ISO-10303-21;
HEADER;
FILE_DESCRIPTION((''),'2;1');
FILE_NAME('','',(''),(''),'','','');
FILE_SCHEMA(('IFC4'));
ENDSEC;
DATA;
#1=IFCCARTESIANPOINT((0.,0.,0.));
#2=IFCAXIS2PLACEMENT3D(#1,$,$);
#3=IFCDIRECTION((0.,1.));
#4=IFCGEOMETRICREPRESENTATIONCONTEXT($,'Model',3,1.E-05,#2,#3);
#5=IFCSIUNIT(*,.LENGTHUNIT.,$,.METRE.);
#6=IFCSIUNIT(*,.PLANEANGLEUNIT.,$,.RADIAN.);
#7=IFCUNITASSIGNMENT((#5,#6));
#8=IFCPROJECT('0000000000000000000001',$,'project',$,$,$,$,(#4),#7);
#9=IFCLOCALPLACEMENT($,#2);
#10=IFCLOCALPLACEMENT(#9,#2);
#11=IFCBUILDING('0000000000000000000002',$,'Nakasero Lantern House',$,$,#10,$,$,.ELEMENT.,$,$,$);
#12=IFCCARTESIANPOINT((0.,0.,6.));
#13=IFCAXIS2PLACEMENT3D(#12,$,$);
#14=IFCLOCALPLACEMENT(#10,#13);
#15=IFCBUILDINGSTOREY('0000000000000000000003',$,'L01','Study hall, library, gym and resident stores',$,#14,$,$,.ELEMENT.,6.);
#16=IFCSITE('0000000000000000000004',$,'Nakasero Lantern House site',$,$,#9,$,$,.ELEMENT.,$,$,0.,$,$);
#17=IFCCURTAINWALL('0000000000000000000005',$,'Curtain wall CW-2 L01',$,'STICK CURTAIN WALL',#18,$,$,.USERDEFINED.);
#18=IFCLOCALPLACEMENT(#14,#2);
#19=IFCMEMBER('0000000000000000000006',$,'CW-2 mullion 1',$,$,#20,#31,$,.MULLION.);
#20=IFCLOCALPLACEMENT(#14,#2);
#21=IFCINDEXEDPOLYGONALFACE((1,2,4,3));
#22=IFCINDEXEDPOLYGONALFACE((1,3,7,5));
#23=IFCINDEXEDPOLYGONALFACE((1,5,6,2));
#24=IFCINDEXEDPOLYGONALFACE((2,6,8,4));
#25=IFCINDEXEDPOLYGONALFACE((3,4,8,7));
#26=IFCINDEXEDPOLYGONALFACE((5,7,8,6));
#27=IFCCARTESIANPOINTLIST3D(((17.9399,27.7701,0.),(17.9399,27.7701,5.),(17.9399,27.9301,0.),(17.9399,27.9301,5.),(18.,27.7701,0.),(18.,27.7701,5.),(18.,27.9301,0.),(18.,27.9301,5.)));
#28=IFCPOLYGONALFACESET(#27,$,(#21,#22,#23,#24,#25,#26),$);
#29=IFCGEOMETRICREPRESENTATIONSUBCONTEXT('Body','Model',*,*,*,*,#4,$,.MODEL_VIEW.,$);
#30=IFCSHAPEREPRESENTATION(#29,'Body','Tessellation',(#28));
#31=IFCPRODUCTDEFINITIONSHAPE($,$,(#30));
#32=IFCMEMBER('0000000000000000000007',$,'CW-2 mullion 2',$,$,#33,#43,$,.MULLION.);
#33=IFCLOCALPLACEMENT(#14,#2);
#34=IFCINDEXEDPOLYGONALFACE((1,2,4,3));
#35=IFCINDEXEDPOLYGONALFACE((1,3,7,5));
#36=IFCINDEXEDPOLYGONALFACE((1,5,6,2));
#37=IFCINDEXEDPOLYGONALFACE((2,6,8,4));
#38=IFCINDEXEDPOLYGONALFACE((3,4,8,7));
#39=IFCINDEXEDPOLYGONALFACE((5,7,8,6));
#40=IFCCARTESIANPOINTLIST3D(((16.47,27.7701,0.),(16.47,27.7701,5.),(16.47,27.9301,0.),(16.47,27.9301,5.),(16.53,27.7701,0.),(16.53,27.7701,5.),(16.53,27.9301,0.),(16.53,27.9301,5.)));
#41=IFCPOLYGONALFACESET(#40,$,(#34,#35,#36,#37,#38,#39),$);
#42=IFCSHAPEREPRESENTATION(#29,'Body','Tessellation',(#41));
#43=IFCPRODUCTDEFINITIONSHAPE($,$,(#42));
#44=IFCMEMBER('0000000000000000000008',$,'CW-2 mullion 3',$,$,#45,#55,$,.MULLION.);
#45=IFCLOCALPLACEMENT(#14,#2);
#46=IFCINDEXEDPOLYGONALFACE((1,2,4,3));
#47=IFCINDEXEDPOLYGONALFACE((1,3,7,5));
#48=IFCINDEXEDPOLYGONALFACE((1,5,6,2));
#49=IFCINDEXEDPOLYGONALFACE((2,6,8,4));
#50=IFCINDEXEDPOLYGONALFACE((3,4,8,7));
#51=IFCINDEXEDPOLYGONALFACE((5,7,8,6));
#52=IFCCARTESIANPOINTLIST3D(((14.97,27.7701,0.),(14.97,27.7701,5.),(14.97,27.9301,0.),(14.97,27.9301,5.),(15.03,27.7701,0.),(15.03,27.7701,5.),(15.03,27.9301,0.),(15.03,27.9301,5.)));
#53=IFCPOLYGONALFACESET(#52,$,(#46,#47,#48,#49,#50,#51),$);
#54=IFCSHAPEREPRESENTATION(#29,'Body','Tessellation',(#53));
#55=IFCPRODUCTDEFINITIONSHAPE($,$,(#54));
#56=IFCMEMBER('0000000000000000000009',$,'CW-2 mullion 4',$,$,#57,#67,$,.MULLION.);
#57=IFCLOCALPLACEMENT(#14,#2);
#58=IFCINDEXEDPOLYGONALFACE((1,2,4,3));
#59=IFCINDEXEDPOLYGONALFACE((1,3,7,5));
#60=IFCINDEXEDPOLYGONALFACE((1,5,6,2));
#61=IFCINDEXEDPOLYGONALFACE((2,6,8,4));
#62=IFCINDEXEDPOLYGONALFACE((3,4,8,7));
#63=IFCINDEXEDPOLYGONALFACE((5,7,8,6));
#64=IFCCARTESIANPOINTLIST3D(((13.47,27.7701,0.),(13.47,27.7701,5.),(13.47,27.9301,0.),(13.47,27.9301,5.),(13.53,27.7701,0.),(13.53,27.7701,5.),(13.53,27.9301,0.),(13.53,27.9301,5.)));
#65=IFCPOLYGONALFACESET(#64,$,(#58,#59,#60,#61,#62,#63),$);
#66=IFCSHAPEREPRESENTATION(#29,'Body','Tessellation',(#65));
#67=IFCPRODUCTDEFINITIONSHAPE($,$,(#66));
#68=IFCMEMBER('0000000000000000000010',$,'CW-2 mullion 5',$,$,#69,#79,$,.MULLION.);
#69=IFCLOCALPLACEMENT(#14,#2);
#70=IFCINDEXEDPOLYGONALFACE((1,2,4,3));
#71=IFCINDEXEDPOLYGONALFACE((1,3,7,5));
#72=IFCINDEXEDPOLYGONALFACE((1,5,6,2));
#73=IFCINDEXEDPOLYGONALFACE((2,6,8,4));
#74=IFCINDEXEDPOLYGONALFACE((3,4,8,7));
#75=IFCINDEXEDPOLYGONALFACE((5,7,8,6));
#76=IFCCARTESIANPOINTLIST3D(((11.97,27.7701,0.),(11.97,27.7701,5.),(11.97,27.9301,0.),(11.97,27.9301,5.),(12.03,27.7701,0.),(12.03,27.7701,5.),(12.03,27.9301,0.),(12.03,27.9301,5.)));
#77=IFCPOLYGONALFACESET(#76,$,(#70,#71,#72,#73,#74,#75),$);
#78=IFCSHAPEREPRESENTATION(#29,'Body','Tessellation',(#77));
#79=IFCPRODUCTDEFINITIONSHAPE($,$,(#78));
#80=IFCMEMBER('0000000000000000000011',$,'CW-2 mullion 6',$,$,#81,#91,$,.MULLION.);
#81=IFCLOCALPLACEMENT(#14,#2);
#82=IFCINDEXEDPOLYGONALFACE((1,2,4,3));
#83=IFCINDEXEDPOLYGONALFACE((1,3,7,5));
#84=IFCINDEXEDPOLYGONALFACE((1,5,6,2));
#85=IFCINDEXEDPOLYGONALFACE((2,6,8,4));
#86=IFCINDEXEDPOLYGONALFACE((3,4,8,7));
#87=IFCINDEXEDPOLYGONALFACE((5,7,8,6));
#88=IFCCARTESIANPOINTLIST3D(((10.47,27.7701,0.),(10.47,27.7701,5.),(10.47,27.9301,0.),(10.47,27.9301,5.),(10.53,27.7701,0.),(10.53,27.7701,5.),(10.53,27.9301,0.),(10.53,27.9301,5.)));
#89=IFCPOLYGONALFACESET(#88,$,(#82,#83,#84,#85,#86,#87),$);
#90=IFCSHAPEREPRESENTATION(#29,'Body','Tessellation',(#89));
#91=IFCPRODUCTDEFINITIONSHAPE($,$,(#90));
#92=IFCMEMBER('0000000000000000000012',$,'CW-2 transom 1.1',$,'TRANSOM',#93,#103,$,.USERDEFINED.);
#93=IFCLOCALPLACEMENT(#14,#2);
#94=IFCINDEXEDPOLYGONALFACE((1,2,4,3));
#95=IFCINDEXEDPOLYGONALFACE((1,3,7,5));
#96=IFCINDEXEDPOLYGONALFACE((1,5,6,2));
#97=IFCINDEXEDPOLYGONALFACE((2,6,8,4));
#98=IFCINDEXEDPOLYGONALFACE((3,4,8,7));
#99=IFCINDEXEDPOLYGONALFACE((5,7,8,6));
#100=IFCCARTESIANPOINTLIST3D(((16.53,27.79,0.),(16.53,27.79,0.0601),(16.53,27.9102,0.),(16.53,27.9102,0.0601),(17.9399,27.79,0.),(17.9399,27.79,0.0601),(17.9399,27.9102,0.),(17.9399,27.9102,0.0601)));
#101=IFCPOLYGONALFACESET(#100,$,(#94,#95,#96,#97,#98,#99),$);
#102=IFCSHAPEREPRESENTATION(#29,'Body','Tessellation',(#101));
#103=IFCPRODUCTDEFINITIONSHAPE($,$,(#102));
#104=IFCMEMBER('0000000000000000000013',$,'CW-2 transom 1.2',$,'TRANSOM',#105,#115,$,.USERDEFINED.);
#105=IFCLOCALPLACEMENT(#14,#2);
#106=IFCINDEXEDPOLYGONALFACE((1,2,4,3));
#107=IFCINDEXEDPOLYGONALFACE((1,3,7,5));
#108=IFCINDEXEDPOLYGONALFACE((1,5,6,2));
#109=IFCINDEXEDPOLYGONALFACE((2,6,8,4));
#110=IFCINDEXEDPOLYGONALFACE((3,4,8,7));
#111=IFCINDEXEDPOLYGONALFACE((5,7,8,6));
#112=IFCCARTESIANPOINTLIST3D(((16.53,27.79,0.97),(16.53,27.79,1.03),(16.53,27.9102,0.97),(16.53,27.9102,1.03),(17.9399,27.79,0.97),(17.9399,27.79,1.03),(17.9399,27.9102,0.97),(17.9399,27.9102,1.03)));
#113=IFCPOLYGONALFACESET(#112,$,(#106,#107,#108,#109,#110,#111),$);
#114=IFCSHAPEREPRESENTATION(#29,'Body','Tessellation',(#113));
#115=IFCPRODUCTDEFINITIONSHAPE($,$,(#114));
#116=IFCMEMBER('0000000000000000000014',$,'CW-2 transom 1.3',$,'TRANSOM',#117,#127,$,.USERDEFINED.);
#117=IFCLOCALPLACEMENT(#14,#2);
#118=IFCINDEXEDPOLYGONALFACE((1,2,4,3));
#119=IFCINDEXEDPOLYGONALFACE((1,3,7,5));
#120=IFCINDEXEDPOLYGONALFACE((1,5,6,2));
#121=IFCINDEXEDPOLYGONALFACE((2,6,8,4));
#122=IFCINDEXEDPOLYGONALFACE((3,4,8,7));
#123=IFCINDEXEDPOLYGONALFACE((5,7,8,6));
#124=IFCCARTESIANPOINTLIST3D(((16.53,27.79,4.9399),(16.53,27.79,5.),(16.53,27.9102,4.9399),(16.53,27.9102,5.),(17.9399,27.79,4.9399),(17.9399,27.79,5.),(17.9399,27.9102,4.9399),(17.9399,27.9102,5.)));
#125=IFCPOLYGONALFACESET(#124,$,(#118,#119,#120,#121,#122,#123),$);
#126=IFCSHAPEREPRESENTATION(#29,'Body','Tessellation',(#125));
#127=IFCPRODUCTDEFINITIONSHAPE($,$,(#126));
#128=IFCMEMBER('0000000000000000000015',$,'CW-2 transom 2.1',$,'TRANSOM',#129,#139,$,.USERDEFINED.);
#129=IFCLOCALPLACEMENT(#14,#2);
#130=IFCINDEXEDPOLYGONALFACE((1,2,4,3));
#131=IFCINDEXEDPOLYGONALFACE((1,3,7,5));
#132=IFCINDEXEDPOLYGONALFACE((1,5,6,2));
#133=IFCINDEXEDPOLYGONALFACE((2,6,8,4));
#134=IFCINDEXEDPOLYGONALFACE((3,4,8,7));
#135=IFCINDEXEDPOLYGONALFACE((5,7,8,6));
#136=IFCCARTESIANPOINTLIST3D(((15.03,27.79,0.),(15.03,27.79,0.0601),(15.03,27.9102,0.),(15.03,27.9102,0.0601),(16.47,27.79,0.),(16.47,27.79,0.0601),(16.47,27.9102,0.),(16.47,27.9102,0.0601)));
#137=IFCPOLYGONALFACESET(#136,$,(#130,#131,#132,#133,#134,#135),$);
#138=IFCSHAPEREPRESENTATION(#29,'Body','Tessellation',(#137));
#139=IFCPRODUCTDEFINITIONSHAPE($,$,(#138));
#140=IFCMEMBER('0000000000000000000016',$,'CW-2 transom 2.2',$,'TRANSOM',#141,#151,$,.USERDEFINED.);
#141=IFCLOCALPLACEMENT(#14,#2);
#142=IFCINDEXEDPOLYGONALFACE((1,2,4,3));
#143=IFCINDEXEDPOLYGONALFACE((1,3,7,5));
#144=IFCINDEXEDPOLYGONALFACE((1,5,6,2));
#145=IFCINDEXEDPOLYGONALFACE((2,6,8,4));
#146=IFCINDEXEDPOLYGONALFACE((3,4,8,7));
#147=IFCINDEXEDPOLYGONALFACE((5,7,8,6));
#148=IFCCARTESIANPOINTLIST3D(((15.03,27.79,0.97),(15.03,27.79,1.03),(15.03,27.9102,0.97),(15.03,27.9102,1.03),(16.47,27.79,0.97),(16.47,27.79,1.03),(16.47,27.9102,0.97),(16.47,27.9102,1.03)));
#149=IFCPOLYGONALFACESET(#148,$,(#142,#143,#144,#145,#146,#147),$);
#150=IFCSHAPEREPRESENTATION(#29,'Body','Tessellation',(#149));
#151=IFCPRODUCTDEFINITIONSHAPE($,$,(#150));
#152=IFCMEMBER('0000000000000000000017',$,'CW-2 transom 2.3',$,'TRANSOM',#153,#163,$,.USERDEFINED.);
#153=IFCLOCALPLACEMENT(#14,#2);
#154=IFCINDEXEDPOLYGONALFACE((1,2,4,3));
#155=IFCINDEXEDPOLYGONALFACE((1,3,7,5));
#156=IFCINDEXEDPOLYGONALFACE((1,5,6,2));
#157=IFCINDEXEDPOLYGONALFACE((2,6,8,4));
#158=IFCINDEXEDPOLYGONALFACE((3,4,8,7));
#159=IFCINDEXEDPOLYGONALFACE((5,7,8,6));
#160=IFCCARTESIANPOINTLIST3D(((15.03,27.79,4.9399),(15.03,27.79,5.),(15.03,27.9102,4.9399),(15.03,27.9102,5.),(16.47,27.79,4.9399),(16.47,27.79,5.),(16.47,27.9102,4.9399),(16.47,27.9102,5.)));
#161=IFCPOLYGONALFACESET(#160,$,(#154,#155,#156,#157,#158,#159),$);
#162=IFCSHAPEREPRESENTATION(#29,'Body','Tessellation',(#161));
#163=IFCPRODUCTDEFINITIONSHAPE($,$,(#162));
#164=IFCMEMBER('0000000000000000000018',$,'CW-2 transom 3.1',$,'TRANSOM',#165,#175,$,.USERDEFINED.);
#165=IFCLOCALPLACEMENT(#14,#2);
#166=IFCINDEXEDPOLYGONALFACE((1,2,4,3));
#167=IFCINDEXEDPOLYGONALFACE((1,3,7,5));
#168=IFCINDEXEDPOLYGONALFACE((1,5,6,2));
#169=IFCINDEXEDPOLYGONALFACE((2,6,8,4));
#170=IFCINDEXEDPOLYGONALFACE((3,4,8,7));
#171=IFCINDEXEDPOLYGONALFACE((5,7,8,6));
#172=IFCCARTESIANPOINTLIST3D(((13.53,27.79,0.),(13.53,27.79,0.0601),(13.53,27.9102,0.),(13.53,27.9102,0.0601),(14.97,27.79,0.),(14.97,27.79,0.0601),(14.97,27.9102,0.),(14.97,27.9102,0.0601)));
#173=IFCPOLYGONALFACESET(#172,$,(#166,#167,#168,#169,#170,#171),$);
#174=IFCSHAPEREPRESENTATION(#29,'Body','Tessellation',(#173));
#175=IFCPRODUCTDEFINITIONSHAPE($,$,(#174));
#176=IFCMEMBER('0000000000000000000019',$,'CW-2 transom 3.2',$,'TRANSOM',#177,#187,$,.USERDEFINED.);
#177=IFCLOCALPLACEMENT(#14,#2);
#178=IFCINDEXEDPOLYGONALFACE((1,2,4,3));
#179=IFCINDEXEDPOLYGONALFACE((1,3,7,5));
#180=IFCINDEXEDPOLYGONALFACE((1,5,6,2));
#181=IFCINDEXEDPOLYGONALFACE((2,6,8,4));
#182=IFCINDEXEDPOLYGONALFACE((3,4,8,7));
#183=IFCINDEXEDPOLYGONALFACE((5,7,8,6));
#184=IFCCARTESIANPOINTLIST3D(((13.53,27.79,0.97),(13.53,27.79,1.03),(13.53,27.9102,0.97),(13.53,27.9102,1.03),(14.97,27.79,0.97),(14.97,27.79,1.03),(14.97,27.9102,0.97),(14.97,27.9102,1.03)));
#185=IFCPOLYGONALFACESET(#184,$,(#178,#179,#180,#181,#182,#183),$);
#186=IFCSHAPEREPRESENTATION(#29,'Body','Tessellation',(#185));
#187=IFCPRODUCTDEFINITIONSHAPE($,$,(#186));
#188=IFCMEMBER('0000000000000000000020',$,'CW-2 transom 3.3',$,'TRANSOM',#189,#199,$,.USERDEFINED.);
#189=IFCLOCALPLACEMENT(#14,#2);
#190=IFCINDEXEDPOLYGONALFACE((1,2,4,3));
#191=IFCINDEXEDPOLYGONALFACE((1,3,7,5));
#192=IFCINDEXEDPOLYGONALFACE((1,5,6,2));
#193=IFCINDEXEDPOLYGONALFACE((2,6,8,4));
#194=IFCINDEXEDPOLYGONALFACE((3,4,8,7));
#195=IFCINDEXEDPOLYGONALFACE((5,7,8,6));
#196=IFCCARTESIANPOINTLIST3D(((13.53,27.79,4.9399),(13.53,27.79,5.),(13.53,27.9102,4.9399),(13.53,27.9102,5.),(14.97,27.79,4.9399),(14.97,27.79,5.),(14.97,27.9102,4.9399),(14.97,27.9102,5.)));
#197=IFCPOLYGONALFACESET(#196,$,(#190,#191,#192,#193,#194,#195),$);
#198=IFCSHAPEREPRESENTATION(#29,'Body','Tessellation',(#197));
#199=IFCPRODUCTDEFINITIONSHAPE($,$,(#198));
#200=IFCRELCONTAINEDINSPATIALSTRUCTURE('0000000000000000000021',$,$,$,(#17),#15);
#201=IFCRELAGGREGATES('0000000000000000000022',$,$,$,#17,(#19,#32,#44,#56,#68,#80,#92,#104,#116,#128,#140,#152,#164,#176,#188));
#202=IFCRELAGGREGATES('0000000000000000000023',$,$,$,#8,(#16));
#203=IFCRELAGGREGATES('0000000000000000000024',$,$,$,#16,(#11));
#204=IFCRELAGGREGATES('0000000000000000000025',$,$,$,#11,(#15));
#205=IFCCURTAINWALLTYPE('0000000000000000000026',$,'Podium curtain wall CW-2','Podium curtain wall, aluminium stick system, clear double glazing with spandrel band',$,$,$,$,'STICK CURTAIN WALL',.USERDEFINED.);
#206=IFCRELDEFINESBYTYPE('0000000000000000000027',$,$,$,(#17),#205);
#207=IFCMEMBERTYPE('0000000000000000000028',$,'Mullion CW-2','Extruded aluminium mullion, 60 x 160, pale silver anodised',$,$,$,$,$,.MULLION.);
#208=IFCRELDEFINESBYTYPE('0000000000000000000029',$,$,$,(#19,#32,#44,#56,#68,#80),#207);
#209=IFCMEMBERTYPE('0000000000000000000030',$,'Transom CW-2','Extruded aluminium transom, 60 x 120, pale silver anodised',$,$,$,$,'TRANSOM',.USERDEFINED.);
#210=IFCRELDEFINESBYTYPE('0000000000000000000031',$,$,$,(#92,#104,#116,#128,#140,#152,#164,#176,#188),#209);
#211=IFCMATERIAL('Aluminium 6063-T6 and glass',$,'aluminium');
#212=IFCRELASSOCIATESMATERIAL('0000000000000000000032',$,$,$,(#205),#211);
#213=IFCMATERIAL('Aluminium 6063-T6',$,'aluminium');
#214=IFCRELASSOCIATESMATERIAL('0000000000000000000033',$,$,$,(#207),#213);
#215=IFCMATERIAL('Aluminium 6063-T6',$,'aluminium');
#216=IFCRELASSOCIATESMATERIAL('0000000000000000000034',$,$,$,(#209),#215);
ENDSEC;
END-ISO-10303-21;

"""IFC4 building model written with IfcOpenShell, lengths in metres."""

from ifc_helpers import new_model, si_unit, direction, frame, origin, origin_2d, place, context, subcontext, project, spatial, rectangle, extrude, material, material_profile, profile_set, type_object, element, aggregate, save


model = new_model("IFC4")

# Units and contexts
model_context = context("Model", 3, precision=1e-05, world=origin(), true_north=direction((0.0, 1.0)))
body_context = subcontext(model_context, "Body", "Model", "MODEL_VIEW")
ifc_project = project(units=[si_unit("LENGTHUNIT", "METRE"), si_unit("PLANEANGLEUNIT", "RADIAN")], contexts=[model_context])

# Site, building, storey
site_placement = place(None, origin())
site = spatial("IfcSite", under=ifc_project, at=site_placement, Name="Nakasero Lantern House site", CompositionType="ELEMENT", RefElevation=0.0)
building_placement = place(site_placement, origin())
building = spatial("IfcBuilding", under=site, at=building_placement, Name="Nakasero Lantern House", CompositionType="ELEMENT")
storey_placement = place(building_placement, frame((0.0, 0.0, 6.0)))
storey = spatial("IfcBuildingStorey", under=building, at=storey_placement, Name="L01", Description="Study hall, library, gym and resident stores", CompositionType="ELEMENT", Elevation=6.0)

# Curtain wall, members
ifc_material_1 = material(Name="Aluminium 6063-T6 and glass", Category="aluminium")
curtain_wall_type = type_object("IfcCurtainWallType", Name="Podium curtain wall CW-2", Description="Podium curtain wall, aluminium stick system, clear double glazing with spandrel band", ElementType="STICK CURTAIN WALL", PredefinedType="USERDEFINED", material=ifc_material_1)
curtain_wall_placement = place(storey_placement, origin())
curtain_wall = element("IfcCurtainWall", 1, at=curtain_wall_placement, inside=storey, type_object=curtain_wall_type, Name="Curtain wall CW-2 L01", ObjectType="STICK CURTAIN WALL", PredefinedType="USERDEFINED")
ifc_material_2 = material(Name="Aluminium 6063-T6", Category="aluminium")
ifc_material_profile_1 = material_profile(ifc_material_2, rectangle(XDim=0.0601, YDim=0.1599, at=origin_2d()), Name="CW-2 mullion 60x160")
ifc_profile_set_1 = profile_set([ifc_material_profile_1], Name="Aluminium 6063-T6")
member_type_1 = type_object("IfcMemberType", Name="Mullion CW-2", Description="Extruded aluminium mullion, 60 x 160, pale silver anodised", PredefinedType="MULLION", material=ifc_profile_set_1)
member_1_placement = place(storey_placement, frame((17.97, 27.8501, 0.0), z_axis=(0.0, 0.0, 1.0), x_axis=(-1.0, 0.0, 0.0)))
member_1 = element("IfcMember", 2, at=member_1_placement, type_object=member_type_1, Name="CW-2 mullion 1", PredefinedType="MULLION", context=body_context, shape_type="SweptSolid", body=[
    extrude(rectangle(XDim=0.0601, YDim=0.1599, at=origin_2d()), origin(), (0.0, 0.0, 1.0), 5.0),
])
member_2_placement = place(storey_placement, frame((16.5, 27.8501, 0.0), z_axis=(0.0, 0.0, 1.0), x_axis=(-1.0, 0.0, 0.0)))
member_2 = element("IfcMember", 3, at=member_2_placement, type_object=member_type_1, Name="CW-2 mullion 2", PredefinedType="MULLION", context=body_context, shape_type="SweptSolid", body=[
    extrude(rectangle(XDim=0.0601, YDim=0.1599, at=origin_2d()), origin(), (0.0, 0.0, 1.0), 5.0),
])
member_3_placement = place(storey_placement, frame((15.0, 27.8501, 0.0), z_axis=(0.0, 0.0, 1.0), x_axis=(-1.0, 0.0, 0.0)))
member_3 = element("IfcMember", 4, at=member_3_placement, type_object=member_type_1, Name="CW-2 mullion 3", PredefinedType="MULLION", context=body_context, shape_type="SweptSolid", body=[
    extrude(rectangle(XDim=0.0601, YDim=0.1599, at=origin_2d()), origin(), (0.0, 0.0, 1.0), 5.0),
])
member_4_placement = place(storey_placement, frame((13.5, 27.8501, 0.0), z_axis=(0.0, 0.0, 1.0), x_axis=(-1.0, 0.0, 0.0)))
member_4 = element("IfcMember", 5, at=member_4_placement, type_object=member_type_1, Name="CW-2 mullion 4", PredefinedType="MULLION", context=body_context, shape_type="SweptSolid", body=[
    extrude(rectangle(XDim=0.0601, YDim=0.1599, at=origin_2d()), origin(), (0.0, 0.0, 1.0), 5.0),
])
member_5_placement = place(storey_placement, frame((12.0, 27.8501, 0.0), z_axis=(0.0, 0.0, 1.0), x_axis=(-1.0, 0.0, 0.0)))
member_5 = element("IfcMember", 6, at=member_5_placement, type_object=member_type_1, Name="CW-2 mullion 5", PredefinedType="MULLION", context=body_context, shape_type="SweptSolid", body=[
    extrude(rectangle(XDim=0.0601, YDim=0.1599, at=origin_2d()), origin(), (0.0, 0.0, 1.0), 5.0),
])
member_6_placement = place(storey_placement, frame((10.5, 27.8501, 0.0), z_axis=(0.0, 0.0, 1.0), x_axis=(-1.0, 0.0, 0.0)))
member_6 = element("IfcMember", 7, at=member_6_placement, type_object=member_type_1, Name="CW-2 mullion 6", PredefinedType="MULLION", context=body_context, shape_type="SweptSolid", body=[
    extrude(rectangle(XDim=0.0601, YDim=0.1599, at=origin_2d()), origin(), (0.0, 0.0, 1.0), 5.0),
])
ifc_material_3 = material(Name="Aluminium 6063-T6", Category="aluminium")
ifc_material_profile_2 = material_profile(ifc_material_3, rectangle(XDim=0.0601, YDim=0.1201, at=origin_2d()), Name="CW-2 transom 60x120")
ifc_profile_set_2 = profile_set([ifc_material_profile_2], Name="Aluminium 6063-T6")
member_type_2 = type_object("IfcMemberType", Name="Transom CW-2", Description="Extruded aluminium transom, 60 x 120, pale silver anodised", ElementType="TRANSOM", PredefinedType="USERDEFINED", material=ifc_profile_set_2)
member_7_placement = place(storey_placement, frame((17.9399, 27.8501, 0.03), z_axis=(-1.0, 0.0, 0.0), x_axis=(0.0, 0.0, 1.0)))
member_7 = element("IfcMember", 8, at=member_7_placement, type_object=member_type_2, Name="CW-2 transom 1.1", ObjectType="TRANSOM", PredefinedType="USERDEFINED", context=body_context, shape_type="SweptSolid", body=[
    extrude(rectangle(XDim=0.0601, YDim=0.1201, at=origin_2d()), origin(), (0.0, 0.0, 1.0), 1.4099),
])
member_8_placement = place(storey_placement, frame((17.9399, 27.8501, 1.0), z_axis=(-1.0, 0.0, 0.0), x_axis=(0.0, 0.0, 1.0)))
member_8 = element("IfcMember", 9, at=member_8_placement, type_object=member_type_2, Name="CW-2 transom 1.2", ObjectType="TRANSOM", PredefinedType="USERDEFINED", context=body_context, shape_type="SweptSolid", body=[
    extrude(rectangle(XDim=0.0601, YDim=0.1201, at=origin_2d()), origin(), (0.0, 0.0, 1.0), 1.4099),
])
member_9_placement = place(storey_placement, frame((17.9399, 27.8501, 4.97), z_axis=(-1.0, 0.0, 0.0), x_axis=(0.0, 0.0, 1.0)))
member_9 = element("IfcMember", 10, at=member_9_placement, type_object=member_type_2, Name="CW-2 transom 1.3", ObjectType="TRANSOM", PredefinedType="USERDEFINED", context=body_context, shape_type="SweptSolid", body=[
    extrude(rectangle(XDim=0.0601, YDim=0.1201, at=origin_2d()), origin(), (0.0, 0.0, 1.0), 1.4099),
])
member_10_placement = place(storey_placement, frame((16.47, 27.8501, 0.03), z_axis=(-1.0, 0.0, 0.0), x_axis=(0.0, 0.0, 1.0)))
member_10 = element("IfcMember", 11, at=member_10_placement, type_object=member_type_2, Name="CW-2 transom 2.1", ObjectType="TRANSOM", PredefinedType="USERDEFINED", context=body_context, shape_type="SweptSolid", body=[
    extrude(rectangle(XDim=0.0601, YDim=0.1201, at=origin_2d()), origin(), (0.0, 0.0, 1.0), 1.4399),
])
member_11_placement = place(storey_placement, frame((16.47, 27.8501, 1.0), z_axis=(-1.0, 0.0, 0.0), x_axis=(0.0, 0.0, 1.0)))
member_11 = element("IfcMember", 12, at=member_11_placement, type_object=member_type_2, Name="CW-2 transom 2.2", ObjectType="TRANSOM", PredefinedType="USERDEFINED", context=body_context, shape_type="SweptSolid", body=[
    extrude(rectangle(XDim=0.0601, YDim=0.1201, at=origin_2d()), origin(), (0.0, 0.0, 1.0), 1.4399),
])
member_12_placement = place(storey_placement, frame((16.47, 27.8501, 4.97), z_axis=(-1.0, 0.0, 0.0), x_axis=(0.0, 0.0, 1.0)))
member_12 = element("IfcMember", 13, at=member_12_placement, type_object=member_type_2, Name="CW-2 transom 2.3", ObjectType="TRANSOM", PredefinedType="USERDEFINED", context=body_context, shape_type="SweptSolid", body=[
    extrude(rectangle(XDim=0.0601, YDim=0.1201, at=origin_2d()), origin(), (0.0, 0.0, 1.0), 1.4399),
])
member_13_placement = place(storey_placement, frame((14.97, 27.8501, 0.03), z_axis=(-1.0, 0.0, 0.0), x_axis=(0.0, 0.0, 1.0)))
member_13 = element("IfcMember", 14, at=member_13_placement, type_object=member_type_2, Name="CW-2 transom 3.1", ObjectType="TRANSOM", PredefinedType="USERDEFINED", context=body_context, shape_type="SweptSolid", body=[
    extrude(rectangle(XDim=0.0601, YDim=0.1201, at=origin_2d()), origin(), (0.0, 0.0, 1.0), 1.4399),
])
member_14_placement = place(storey_placement, frame((14.97, 27.8501, 1.0), z_axis=(-1.0, 0.0, 0.0), x_axis=(0.0, 0.0, 1.0)))
member_14 = element("IfcMember", 15, at=member_14_placement, type_object=member_type_2, Name="CW-2 transom 3.2", ObjectType="TRANSOM", PredefinedType="USERDEFINED", context=body_context, shape_type="SweptSolid", body=[
    extrude(rectangle(XDim=0.0601, YDim=0.1201, at=origin_2d()), origin(), (0.0, 0.0, 1.0), 1.4399),
])
member_15_placement = place(storey_placement, frame((14.97, 27.8501, 4.97), z_axis=(-1.0, 0.0, 0.0), x_axis=(0.0, 0.0, 1.0)))
member_15 = element("IfcMember", 16, at=member_15_placement, type_object=member_type_2, Name="CW-2 transom 3.3", ObjectType="TRANSOM", PredefinedType="USERDEFINED", context=body_context, shape_type="SweptSolid", body=[
    extrude(rectangle(XDim=0.0601, YDim=0.1201, at=origin_2d()), origin(), (0.0, 0.0, 1.0), 1.4399),
])
aggregate(curtain_wall, [member_1, member_2, member_3, member_4, member_5, member_6, member_7, member_8, member_9, member_10, member_11, member_12, member_13, member_14, member_15])

save(model, "model.ifc")
